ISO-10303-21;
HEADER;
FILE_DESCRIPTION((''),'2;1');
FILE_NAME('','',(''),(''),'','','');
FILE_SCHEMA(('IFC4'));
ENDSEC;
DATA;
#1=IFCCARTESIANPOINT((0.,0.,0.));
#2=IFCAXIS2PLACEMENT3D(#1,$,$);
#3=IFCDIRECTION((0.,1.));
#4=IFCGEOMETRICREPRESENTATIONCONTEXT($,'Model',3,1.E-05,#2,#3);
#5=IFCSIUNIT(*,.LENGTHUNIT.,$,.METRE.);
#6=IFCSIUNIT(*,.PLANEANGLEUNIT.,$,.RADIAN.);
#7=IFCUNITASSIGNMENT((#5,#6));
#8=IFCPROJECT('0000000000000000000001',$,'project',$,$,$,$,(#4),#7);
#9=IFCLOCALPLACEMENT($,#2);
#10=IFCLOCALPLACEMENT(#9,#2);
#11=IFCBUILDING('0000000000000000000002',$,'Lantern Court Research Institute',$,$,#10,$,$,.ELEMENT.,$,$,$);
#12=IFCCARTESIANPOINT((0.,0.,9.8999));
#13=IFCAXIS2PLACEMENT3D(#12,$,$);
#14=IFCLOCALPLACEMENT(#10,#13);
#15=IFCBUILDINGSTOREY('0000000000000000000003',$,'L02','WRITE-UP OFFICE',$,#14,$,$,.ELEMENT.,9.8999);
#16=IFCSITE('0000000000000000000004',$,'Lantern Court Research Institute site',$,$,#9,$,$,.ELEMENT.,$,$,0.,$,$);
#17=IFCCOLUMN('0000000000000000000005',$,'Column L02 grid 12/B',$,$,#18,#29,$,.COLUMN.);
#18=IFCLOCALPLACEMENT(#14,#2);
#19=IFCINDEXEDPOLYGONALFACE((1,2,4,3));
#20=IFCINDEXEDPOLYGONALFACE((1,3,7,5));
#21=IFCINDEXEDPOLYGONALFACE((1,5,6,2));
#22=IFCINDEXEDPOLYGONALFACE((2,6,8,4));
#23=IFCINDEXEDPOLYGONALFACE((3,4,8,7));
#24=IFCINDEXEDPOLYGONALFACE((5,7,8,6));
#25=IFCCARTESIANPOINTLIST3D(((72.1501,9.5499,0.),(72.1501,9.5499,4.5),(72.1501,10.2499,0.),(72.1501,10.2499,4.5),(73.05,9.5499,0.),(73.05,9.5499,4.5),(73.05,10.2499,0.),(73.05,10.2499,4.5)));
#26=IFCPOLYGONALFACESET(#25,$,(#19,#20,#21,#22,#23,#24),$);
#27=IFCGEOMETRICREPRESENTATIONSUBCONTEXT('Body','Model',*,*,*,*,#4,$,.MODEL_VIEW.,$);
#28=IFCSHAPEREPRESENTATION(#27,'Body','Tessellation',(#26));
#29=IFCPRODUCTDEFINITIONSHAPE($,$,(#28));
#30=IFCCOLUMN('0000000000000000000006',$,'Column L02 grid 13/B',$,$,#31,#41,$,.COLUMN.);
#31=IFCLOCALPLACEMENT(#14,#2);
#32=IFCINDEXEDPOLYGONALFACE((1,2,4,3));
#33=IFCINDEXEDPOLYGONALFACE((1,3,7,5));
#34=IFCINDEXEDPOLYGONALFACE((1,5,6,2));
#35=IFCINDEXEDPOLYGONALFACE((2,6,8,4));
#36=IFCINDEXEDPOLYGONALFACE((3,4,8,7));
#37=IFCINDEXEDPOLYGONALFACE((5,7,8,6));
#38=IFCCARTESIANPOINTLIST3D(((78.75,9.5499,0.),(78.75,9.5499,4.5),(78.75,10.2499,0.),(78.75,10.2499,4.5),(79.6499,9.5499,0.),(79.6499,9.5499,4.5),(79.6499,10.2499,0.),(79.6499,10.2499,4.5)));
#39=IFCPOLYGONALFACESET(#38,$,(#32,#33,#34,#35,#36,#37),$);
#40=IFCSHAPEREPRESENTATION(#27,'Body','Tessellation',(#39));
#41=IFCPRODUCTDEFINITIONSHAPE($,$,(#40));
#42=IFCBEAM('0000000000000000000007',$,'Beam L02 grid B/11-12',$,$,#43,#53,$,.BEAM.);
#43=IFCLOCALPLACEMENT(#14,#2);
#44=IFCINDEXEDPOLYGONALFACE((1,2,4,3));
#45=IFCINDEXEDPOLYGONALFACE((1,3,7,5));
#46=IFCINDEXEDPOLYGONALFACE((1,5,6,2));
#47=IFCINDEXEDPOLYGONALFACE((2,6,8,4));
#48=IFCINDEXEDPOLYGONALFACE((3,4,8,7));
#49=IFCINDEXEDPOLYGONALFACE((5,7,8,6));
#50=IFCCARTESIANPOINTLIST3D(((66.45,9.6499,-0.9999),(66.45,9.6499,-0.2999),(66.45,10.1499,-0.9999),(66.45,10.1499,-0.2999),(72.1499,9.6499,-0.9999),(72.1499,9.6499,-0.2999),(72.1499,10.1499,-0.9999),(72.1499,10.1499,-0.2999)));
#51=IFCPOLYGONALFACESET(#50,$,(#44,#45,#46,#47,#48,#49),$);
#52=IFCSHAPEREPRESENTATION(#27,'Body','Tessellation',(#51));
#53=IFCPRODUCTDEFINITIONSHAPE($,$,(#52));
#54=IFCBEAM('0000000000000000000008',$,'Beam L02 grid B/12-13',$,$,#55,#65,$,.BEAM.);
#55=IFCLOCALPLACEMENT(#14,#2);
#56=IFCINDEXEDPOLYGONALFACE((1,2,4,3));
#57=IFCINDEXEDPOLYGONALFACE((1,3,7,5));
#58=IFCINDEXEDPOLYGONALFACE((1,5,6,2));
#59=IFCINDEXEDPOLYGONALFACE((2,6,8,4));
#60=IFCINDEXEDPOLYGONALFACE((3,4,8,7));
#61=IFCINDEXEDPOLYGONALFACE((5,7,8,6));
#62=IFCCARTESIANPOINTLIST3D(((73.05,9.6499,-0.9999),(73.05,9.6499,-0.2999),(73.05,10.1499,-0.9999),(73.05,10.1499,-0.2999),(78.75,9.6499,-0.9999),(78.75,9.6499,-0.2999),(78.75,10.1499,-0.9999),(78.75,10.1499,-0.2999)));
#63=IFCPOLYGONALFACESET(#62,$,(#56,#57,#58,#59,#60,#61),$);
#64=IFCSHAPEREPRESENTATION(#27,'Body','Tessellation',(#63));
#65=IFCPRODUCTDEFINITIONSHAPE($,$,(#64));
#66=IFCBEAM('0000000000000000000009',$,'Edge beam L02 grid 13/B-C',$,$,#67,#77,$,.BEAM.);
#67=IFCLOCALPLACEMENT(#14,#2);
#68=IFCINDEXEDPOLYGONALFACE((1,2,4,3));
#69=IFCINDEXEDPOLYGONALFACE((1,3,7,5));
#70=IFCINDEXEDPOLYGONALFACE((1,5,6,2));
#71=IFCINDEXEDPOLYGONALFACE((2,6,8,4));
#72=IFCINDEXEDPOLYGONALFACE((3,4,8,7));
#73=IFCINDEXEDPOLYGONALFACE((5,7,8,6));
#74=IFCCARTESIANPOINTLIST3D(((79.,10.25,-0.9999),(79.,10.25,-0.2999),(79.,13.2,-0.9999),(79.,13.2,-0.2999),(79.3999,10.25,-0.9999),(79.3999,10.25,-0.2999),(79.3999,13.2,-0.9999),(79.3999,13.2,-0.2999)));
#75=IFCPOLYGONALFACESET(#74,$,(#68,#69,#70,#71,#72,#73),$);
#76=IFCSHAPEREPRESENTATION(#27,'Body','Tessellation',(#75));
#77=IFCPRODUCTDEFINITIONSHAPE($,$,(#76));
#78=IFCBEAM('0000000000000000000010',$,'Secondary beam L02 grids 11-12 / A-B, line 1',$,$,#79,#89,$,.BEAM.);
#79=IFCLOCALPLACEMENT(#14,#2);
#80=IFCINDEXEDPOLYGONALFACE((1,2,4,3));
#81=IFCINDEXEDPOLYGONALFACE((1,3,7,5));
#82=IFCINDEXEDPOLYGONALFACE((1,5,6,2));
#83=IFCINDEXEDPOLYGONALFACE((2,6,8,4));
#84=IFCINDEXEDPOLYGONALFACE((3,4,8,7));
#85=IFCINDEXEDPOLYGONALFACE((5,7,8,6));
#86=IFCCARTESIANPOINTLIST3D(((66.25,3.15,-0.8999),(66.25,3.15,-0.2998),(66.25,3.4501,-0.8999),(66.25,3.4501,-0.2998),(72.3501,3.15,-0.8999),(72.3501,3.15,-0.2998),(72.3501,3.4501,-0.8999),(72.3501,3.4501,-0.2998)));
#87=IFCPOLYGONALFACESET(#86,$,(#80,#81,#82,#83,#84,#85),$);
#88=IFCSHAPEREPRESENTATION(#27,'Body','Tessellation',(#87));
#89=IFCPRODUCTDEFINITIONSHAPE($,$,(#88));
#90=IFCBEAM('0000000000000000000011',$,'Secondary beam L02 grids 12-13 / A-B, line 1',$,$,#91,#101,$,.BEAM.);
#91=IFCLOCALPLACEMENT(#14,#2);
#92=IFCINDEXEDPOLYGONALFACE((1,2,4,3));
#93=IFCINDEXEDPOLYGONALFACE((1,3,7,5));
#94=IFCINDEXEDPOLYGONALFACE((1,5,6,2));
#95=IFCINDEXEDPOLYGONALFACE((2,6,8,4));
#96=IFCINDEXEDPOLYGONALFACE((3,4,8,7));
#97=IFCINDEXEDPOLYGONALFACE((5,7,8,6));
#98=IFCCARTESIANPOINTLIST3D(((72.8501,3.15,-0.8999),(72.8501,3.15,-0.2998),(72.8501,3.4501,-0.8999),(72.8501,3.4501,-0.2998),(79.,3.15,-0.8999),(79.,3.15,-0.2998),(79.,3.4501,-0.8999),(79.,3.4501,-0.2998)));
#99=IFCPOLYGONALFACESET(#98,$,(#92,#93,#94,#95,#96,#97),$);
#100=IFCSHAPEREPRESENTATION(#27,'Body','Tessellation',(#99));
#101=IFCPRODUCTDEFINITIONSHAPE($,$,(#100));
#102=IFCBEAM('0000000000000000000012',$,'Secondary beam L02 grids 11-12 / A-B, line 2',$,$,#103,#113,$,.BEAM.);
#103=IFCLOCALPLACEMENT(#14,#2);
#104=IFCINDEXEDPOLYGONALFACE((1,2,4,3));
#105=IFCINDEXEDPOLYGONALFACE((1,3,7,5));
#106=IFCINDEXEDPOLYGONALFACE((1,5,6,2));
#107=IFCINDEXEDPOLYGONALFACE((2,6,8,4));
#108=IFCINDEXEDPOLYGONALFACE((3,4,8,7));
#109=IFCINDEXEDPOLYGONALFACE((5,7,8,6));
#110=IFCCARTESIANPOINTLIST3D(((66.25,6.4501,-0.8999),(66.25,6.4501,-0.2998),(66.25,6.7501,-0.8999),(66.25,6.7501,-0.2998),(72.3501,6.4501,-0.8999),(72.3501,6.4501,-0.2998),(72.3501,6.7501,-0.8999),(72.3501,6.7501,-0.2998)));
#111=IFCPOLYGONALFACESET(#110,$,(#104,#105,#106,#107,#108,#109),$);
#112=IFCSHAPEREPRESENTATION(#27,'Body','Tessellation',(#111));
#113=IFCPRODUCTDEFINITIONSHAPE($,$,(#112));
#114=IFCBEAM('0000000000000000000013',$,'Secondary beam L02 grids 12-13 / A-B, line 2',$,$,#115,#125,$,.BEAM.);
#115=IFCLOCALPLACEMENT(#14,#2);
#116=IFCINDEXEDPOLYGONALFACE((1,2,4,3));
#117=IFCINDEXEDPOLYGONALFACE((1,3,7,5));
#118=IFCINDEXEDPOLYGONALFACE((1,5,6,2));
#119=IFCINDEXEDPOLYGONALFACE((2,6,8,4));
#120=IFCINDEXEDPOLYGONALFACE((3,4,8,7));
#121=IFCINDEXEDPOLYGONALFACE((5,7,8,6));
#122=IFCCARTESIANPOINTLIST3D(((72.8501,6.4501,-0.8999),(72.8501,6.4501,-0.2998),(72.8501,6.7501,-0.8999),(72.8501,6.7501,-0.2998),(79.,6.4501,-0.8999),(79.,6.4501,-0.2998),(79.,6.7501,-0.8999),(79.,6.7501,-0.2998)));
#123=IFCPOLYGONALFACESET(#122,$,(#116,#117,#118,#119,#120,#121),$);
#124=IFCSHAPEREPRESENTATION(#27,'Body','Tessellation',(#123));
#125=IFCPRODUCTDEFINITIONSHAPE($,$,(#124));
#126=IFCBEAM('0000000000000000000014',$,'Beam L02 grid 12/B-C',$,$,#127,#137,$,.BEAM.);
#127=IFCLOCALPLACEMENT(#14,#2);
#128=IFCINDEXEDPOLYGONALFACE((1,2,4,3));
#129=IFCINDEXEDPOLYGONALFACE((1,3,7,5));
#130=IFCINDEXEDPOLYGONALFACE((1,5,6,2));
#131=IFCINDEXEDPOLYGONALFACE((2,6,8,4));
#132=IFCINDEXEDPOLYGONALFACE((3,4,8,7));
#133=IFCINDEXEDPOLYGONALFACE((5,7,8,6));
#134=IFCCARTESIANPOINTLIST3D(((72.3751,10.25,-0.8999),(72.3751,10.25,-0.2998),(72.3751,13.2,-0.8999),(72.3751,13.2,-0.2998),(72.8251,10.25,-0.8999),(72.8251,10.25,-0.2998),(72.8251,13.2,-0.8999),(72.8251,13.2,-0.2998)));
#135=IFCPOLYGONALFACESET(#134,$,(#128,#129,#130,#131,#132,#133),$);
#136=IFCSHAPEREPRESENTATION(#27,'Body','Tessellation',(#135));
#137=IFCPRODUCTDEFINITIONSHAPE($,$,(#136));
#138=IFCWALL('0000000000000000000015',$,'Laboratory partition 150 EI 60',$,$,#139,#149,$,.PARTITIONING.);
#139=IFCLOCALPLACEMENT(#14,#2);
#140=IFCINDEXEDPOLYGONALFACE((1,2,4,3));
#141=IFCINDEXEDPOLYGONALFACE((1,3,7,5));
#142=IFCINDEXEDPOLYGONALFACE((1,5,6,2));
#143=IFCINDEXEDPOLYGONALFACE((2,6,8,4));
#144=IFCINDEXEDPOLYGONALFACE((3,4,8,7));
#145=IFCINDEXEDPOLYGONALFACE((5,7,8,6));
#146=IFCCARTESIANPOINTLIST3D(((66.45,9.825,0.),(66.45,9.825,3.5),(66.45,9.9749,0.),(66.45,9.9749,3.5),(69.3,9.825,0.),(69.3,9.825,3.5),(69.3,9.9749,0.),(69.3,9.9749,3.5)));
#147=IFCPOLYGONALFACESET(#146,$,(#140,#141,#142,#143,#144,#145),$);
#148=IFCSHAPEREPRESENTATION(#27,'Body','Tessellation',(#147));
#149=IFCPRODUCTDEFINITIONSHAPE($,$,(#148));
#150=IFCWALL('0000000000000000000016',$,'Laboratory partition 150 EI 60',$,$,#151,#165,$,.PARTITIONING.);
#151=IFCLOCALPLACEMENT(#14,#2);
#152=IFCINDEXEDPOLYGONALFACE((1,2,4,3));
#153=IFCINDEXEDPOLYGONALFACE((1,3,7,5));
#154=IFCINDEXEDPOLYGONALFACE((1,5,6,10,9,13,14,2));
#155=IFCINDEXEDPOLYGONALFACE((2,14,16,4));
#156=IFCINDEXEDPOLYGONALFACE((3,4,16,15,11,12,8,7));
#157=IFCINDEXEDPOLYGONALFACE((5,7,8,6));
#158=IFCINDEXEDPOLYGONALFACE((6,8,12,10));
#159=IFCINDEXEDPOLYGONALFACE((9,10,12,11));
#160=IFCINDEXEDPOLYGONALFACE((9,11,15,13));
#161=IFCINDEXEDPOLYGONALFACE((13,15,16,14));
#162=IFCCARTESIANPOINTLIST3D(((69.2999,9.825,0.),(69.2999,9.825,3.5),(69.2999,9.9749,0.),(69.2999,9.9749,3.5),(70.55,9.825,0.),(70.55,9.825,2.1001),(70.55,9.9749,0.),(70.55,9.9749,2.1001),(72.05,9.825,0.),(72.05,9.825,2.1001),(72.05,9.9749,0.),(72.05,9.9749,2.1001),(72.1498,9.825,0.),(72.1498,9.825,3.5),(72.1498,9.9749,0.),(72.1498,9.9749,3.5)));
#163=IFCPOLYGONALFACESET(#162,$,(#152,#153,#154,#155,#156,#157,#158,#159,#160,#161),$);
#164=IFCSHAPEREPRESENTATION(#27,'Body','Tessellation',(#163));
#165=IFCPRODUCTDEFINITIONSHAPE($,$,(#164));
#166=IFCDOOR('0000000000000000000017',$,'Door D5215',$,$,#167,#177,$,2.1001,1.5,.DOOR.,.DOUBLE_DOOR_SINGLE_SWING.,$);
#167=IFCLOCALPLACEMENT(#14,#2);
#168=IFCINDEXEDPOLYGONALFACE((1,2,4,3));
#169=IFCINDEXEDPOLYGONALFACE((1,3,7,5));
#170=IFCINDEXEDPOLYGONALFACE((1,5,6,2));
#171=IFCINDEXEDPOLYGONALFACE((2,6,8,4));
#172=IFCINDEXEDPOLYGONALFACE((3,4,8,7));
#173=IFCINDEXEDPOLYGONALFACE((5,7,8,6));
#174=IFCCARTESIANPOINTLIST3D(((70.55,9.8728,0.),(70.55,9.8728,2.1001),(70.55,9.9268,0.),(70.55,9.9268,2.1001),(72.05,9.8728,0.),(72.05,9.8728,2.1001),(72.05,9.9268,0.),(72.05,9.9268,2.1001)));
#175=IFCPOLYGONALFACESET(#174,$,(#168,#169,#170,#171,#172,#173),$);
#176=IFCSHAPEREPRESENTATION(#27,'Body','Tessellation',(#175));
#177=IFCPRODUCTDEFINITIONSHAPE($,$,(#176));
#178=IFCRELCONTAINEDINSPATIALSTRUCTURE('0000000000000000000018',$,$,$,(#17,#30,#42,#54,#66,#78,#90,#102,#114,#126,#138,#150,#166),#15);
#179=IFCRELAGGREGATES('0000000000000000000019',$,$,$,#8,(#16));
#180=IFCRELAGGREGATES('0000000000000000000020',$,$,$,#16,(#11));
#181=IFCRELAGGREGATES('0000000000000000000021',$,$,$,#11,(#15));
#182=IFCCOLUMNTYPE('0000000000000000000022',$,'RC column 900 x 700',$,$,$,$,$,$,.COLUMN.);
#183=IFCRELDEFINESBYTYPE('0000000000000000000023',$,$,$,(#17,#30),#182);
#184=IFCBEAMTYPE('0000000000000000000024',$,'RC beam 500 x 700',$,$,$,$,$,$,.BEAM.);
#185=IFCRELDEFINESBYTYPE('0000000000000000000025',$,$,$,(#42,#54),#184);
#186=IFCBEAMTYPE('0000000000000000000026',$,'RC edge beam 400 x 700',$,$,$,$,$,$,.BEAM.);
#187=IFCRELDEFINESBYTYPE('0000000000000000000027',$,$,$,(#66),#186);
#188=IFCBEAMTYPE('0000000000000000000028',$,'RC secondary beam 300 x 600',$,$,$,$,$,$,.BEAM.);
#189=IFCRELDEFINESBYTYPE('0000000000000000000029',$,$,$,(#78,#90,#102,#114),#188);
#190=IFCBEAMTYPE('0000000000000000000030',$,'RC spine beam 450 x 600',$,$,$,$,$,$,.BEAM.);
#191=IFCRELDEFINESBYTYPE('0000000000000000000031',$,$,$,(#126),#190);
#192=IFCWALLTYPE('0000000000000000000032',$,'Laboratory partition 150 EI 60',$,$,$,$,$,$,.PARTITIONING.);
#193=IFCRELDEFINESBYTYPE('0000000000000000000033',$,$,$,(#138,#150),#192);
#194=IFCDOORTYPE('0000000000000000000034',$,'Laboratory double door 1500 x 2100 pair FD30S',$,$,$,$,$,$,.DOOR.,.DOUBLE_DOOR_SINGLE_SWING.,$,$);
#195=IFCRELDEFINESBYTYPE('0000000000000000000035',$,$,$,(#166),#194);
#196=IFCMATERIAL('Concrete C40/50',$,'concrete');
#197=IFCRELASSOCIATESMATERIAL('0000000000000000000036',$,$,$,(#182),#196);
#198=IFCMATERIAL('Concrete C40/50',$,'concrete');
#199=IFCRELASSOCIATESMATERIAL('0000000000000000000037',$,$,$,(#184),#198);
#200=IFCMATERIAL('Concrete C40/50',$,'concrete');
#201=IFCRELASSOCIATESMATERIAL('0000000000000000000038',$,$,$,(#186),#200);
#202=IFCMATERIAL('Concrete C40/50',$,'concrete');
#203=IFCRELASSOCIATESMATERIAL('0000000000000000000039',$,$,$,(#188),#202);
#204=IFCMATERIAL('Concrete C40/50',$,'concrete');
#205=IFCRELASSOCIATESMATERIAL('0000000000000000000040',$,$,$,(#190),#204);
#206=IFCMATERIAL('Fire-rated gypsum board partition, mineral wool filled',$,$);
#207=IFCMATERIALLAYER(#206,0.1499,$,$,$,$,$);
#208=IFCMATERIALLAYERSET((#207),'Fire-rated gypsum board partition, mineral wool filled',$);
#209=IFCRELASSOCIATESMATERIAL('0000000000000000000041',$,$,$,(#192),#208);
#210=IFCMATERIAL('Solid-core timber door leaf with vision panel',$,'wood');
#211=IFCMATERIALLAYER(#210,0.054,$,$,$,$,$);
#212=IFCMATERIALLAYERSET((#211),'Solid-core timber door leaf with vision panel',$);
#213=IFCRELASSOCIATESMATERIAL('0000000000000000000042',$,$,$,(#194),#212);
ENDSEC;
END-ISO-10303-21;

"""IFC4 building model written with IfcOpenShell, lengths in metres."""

from ifc_helpers import new_model, si_unit, direction, frame, frame_2d, origin, origin_2d, place, context, subcontext, project, spatial, rectangle, extrude, material, layer, layer_set, material_profile, profile_set, type_object, element, fill, save


model = new_model("IFC4")

# Units and contexts
model_context = context("Model", 3, precision=1e-05, world=origin(), true_north=direction((0.0, 1.0)))
body_context = subcontext(model_context, "Body", "Model", "MODEL_VIEW")
ifc_project = project(units=[si_unit("LENGTHUNIT", "METRE"), si_unit("PLANEANGLEUNIT", "RADIAN")], contexts=[model_context])

# Site, building, storey
site_placement = place(None, origin())
site = spatial("IfcSite", under=ifc_project, at=site_placement, Name="Lantern Court Research Institute site", CompositionType="ELEMENT", RefElevation=0.0)
building_placement = place(site_placement, origin())
building = spatial("IfcBuilding", under=site, at=building_placement, Name="Lantern Court Research Institute", CompositionType="ELEMENT")
storey_placement = place(building_placement, frame((0.0, 0.0, 9.8999)))
storey = spatial("IfcBuildingStorey", under=building, at=storey_placement, Name="L02", Description="WRITE-UP OFFICE", CompositionType="ELEMENT", Elevation=9.8999)

# Columns
ifc_material_1 = material(Name="Concrete C40/50", Category="concrete")
ifc_material_profile_1 = material_profile(ifc_material_1, rectangle(XDim=0.8999, YDim=0.7, at=origin_2d()), Name="RC column 900 x 700")
ifc_profile_set_1 = profile_set([ifc_material_profile_1], Name="Concrete C40/50")
column_type = type_object("IfcColumnType", Name="RC column 900 x 700", PredefinedType="COLUMN", material=ifc_profile_set_1)
for number, where, z_axis, x_axis, name in (
    (1, (72.6001, 9.8999, 0.0), (0.0, 0.0, 1.0), (1.0, 0.0, 0.0), "Column L02 grid 12/B"),
    (2, (79.2, 9.8999, 0.0), (0.0, 0.0, 1.0), (1.0, 0.0, 0.0), "Column L02 grid 13/B"),
):
    element("IfcColumn", number, at=place(storey_placement, frame(where, z_axis=z_axis, x_axis=x_axis)), inside=storey, type_object=column_type, Name=name, PredefinedType="COLUMN", context=body_context, shape_type="SweptSolid", body=[
        extrude(rectangle(XDim=0.8999, YDim=0.7, at=origin_2d()), origin(), (0.0, 0.0, 1.0), 4.5),
    ])

# Beams
ifc_material_2 = material(Name="Concrete C40/50", Category="concrete")
ifc_material_profile_2 = material_profile(ifc_material_2, rectangle(XDim=0.5, YDim=0.7, at=origin_2d()), Name="RC beam 500 x 700")
ifc_profile_set_2 = profile_set([ifc_material_profile_2], Name="Concrete C40/50")
beam_type_1 = type_object("IfcBeamType", Name="RC beam 500 x 700", PredefinedType="BEAM", material=ifc_profile_set_2)
for number, where, z_axis, x_axis, name in (
    (3, (66.45, 9.8999, -0.6499), (1.0, 0.0, 0.0), (0.0, 1.0, 0.0), "Beam L02 grid B/11-12"),
    (4, (73.05, 9.8999, -0.6499), (1.0, 0.0, 0.0), (0.0, 1.0, 0.0), "Beam L02 grid B/12-13"),
):
    element("IfcBeam", number, at=place(storey_placement, frame(where, z_axis=z_axis, x_axis=x_axis)), inside=storey, type_object=beam_type_1, Name=name, PredefinedType="BEAM", context=body_context, shape_type="SweptSolid", body=[
        extrude(rectangle(XDim=0.5, YDim=0.7, at=origin_2d()), origin(), (0.0, 0.0, 1.0), 5.7),
    ])
ifc_material_3 = material(Name="Concrete C40/50", Category="concrete")
ifc_material_profile_3 = material_profile(ifc_material_3, rectangle(XDim=0.3999, YDim=0.7, at=origin_2d()), Name="RC beam 400 x 700")
ifc_profile_set_3 = profile_set([ifc_material_profile_3], Name="Concrete C40/50")
beam_type_2 = type_object("IfcBeamType", Name="RC edge beam 400 x 700", PredefinedType="BEAM", material=ifc_profile_set_3)
beam_1_placement = place(storey_placement, frame((79.2, 10.25, -0.6499), z_axis=(0.0, 1.0, 0.0), x_axis=(-1.0, 0.0, 0.0)))
element("IfcBeam", 5, at=beam_1_placement, inside=storey, type_object=beam_type_2, Name="Edge beam L02 grid 13/B-C", PredefinedType="BEAM", context=body_context, shape_type="SweptSolid", body=[
    extrude(rectangle(XDim=0.3999, YDim=0.7, at=origin_2d()), origin(), (0.0, 0.0, 1.0), 2.95),
])
ifc_material_4 = material(Name="Concrete C40/50", Category="concrete")
ifc_material_profile_4 = material_profile(ifc_material_4, rectangle(XDim=0.3, YDim=0.6001, at=origin_2d()), Name="RC beam 300 x 600")
ifc_profile_set_4 = profile_set([ifc_material_profile_4], Name="Concrete C40/50")
beam_type_3 = type_object("IfcBeamType", Name="RC secondary beam 300 x 600", PredefinedType="BEAM", material=ifc_profile_set_4)
beam_2_placement = place(storey_placement, frame((66.25, 3.3, -0.5999), z_axis=(1.0, 0.0, 0.0), x_axis=(0.0, 1.0, 0.0)))
element("IfcBeam", 6, at=beam_2_placement, inside=storey, type_object=beam_type_3, Name="Secondary beam L02 grids 11-12 / A-B, line 1", PredefinedType="BEAM", context=body_context, shape_type="SweptSolid", body=[
    extrude(rectangle(XDim=0.3, YDim=0.6001, at=origin_2d()), origin(), (0.0, 0.0, 1.0), 6.1001),
])
beam_3_placement = place(storey_placement, frame((72.8501, 3.3, -0.5999), z_axis=(1.0, 0.0, 0.0), x_axis=(0.0, 1.0, 0.0)))
element("IfcBeam", 7, at=beam_3_placement, inside=storey, type_object=beam_type_3, Name="Secondary beam L02 grids 12-13 / A-B, line 1", PredefinedType="BEAM", context=body_context, shape_type="SweptSolid", body=[
    extrude(rectangle(XDim=0.3, YDim=0.6001, at=origin_2d()), origin(), (0.0, 0.0, 1.0), 6.1499),
])
beam_4_placement = place(storey_placement, frame((66.25, 6.6001, -0.5999), z_axis=(1.0, 0.0, 0.0), x_axis=(0.0, 1.0, 0.0)))
element("IfcBeam", 8, at=beam_4_placement, inside=storey, type_object=beam_type_3, Name="Secondary beam L02 grids 11-12 / A-B, line 2", PredefinedType="BEAM", context=body_context, shape_type="SweptSolid", body=[
    extrude(rectangle(XDim=0.3, YDim=0.6001, at=origin_2d()), origin(), (0.0, 0.0, 1.0), 6.1001),
])
beam_5_placement = place(storey_placement, frame((72.8501, 6.6001, -0.5999), z_axis=(1.0, 0.0, 0.0), x_axis=(0.0, 1.0, 0.0)))
element("IfcBeam", 9, at=beam_5_placement, inside=storey, type_object=beam_type_3, Name="Secondary beam L02 grids 12-13 / A-B, line 2", PredefinedType="BEAM", context=body_context, shape_type="SweptSolid", body=[
    extrude(rectangle(XDim=0.3, YDim=0.6001, at=origin_2d()), origin(), (0.0, 0.0, 1.0), 6.1499),
])
ifc_material_5 = material(Name="Concrete C40/50", Category="concrete")
ifc_material_profile_5 = material_profile(ifc_material_5, rectangle(XDim=0.45, YDim=0.6001, at=origin_2d()), Name="RC beam 450 x 600")
ifc_profile_set_5 = profile_set([ifc_material_profile_5], Name="Concrete C40/50")
beam_type_4 = type_object("IfcBeamType", Name="RC spine beam 450 x 600", PredefinedType="BEAM", material=ifc_profile_set_5)
beam_6_placement = place(storey_placement, frame((72.6001, 10.25, -0.5999), z_axis=(0.0, 1.0, 0.0), x_axis=(-1.0, 0.0, 0.0)))
element("IfcBeam", 10, at=beam_6_placement, inside=storey, type_object=beam_type_4, Name="Beam L02 grid 12/B-C", PredefinedType="BEAM", context=body_context, shape_type="SweptSolid", body=[
    extrude(rectangle(XDim=0.45, YDim=0.6001, at=origin_2d()), origin(), (0.0, 0.0, 1.0), 2.95),
])

# Wall
ifc_material_6 = material(Name="Fire-rated gypsum board partition, mineral wool filled")
ifc_layer_1 = layer(ifc_material_6, 0.1499)
ifc_layer_set_1 = layer_set([ifc_layer_1], Name="Fire-rated gypsum board partition, mineral wool filled")
wall_type = type_object("IfcWallType", Name="Laboratory partition 150 EI 60", PredefinedType="PARTITIONING", material=ifc_layer_set_1)
wall_1_placement = place(storey_placement, frame((66.45, 9.8999, 0.0), z_axis=(0.0, 0.0, 1.0), x_axis=(1.0, 0.0, 0.0)))
element("IfcWall", 11, at=wall_1_placement, inside=storey, type_object=wall_type, Name="Laboratory partition 150 EI 60", PredefinedType="PARTITIONING", context=body_context, shape_type="SweptSolid", body=[
    extrude(rectangle(XDim=2.8501, YDim=0.1499, at=frame_2d((1.425, 0.0))), origin(), (0.0, 0.0, 1.0), 3.5),
])

# Wall, opening, door
wall_2_placement = place(storey_placement, frame((69.3, 9.8999, 0.0), z_axis=(0.0, 0.0, 1.0), x_axis=(1.0, 0.0, 0.0)))
wall_2 = element("IfcWall", 12, at=wall_2_placement, inside=storey, type_object=wall_type, Name="Laboratory partition 150 EI 60", PredefinedType="PARTITIONING", context=body_context, shape_type="SweptSolid", body=[
    extrude(rectangle(XDim=2.8499, YDim=0.1499, at=frame_2d((1.4248, 0.0))), origin(), (0.0, 0.0, 1.0), 3.5),
])
opening_1_placement = place(wall_2_placement, frame((1.25, 0.0, 0.0)))
opening_1 = element("IfcOpeningElement", 13, at=opening_1_placement, cuts=wall_2, PredefinedType="OPENING", context=body_context, shape_type="SweptSolid", body=[
    extrude(rectangle(XDim=1.5, YDim=2.1001, at=frame_2d((0.75, 1.05))), frame((0.0, 0.085, 0.0), z_axis=(0.0, -1.0, 0.0), x_axis=(1.0, 0.0, 0.0)), (0.0, 0.0, 1.0), 0.1699),
])
ifc_material_7 = material(Name="Solid-core timber door leaf with vision panel", Category="wood")
ifc_layer_2 = layer(ifc_material_7, 0.054)
ifc_layer_set_2 = layer_set([ifc_layer_2], Name="Solid-core timber door leaf with vision panel")
door_type_1 = type_object("IfcDoorType", Name="Laboratory double door 1500 x 2100 pair FD30S", OperationType="DOUBLE_DOOR_SINGLE_SWING", PredefinedType="DOOR", material=ifc_layer_set_2)
door_1_placement = place(opening_1_placement, origin())
door_1 = element("IfcDoor", 14, at=door_1_placement, inside=storey, type_object=door_type_1, Name="Door D5215", OperationType="DOUBLE_DOOR_SINGLE_SWING", OverallHeight=2.1001, OverallWidth=1.5, PredefinedType="DOOR", context=body_context, shape_type="SweptSolid", body=[
    extrude(rectangle(XDim=1.5, YDim=2.1001, at=frame_2d((0.75, 1.05))), frame((0.0, 0.0269, 0.0), z_axis=(0.0, -1.0, 0.0), x_axis=(1.0, 0.0, 0.0)), (0.0, 0.0, 1.0), 0.054),
])
fill(opening_1, door_1)

save(model, "model.ifc")
